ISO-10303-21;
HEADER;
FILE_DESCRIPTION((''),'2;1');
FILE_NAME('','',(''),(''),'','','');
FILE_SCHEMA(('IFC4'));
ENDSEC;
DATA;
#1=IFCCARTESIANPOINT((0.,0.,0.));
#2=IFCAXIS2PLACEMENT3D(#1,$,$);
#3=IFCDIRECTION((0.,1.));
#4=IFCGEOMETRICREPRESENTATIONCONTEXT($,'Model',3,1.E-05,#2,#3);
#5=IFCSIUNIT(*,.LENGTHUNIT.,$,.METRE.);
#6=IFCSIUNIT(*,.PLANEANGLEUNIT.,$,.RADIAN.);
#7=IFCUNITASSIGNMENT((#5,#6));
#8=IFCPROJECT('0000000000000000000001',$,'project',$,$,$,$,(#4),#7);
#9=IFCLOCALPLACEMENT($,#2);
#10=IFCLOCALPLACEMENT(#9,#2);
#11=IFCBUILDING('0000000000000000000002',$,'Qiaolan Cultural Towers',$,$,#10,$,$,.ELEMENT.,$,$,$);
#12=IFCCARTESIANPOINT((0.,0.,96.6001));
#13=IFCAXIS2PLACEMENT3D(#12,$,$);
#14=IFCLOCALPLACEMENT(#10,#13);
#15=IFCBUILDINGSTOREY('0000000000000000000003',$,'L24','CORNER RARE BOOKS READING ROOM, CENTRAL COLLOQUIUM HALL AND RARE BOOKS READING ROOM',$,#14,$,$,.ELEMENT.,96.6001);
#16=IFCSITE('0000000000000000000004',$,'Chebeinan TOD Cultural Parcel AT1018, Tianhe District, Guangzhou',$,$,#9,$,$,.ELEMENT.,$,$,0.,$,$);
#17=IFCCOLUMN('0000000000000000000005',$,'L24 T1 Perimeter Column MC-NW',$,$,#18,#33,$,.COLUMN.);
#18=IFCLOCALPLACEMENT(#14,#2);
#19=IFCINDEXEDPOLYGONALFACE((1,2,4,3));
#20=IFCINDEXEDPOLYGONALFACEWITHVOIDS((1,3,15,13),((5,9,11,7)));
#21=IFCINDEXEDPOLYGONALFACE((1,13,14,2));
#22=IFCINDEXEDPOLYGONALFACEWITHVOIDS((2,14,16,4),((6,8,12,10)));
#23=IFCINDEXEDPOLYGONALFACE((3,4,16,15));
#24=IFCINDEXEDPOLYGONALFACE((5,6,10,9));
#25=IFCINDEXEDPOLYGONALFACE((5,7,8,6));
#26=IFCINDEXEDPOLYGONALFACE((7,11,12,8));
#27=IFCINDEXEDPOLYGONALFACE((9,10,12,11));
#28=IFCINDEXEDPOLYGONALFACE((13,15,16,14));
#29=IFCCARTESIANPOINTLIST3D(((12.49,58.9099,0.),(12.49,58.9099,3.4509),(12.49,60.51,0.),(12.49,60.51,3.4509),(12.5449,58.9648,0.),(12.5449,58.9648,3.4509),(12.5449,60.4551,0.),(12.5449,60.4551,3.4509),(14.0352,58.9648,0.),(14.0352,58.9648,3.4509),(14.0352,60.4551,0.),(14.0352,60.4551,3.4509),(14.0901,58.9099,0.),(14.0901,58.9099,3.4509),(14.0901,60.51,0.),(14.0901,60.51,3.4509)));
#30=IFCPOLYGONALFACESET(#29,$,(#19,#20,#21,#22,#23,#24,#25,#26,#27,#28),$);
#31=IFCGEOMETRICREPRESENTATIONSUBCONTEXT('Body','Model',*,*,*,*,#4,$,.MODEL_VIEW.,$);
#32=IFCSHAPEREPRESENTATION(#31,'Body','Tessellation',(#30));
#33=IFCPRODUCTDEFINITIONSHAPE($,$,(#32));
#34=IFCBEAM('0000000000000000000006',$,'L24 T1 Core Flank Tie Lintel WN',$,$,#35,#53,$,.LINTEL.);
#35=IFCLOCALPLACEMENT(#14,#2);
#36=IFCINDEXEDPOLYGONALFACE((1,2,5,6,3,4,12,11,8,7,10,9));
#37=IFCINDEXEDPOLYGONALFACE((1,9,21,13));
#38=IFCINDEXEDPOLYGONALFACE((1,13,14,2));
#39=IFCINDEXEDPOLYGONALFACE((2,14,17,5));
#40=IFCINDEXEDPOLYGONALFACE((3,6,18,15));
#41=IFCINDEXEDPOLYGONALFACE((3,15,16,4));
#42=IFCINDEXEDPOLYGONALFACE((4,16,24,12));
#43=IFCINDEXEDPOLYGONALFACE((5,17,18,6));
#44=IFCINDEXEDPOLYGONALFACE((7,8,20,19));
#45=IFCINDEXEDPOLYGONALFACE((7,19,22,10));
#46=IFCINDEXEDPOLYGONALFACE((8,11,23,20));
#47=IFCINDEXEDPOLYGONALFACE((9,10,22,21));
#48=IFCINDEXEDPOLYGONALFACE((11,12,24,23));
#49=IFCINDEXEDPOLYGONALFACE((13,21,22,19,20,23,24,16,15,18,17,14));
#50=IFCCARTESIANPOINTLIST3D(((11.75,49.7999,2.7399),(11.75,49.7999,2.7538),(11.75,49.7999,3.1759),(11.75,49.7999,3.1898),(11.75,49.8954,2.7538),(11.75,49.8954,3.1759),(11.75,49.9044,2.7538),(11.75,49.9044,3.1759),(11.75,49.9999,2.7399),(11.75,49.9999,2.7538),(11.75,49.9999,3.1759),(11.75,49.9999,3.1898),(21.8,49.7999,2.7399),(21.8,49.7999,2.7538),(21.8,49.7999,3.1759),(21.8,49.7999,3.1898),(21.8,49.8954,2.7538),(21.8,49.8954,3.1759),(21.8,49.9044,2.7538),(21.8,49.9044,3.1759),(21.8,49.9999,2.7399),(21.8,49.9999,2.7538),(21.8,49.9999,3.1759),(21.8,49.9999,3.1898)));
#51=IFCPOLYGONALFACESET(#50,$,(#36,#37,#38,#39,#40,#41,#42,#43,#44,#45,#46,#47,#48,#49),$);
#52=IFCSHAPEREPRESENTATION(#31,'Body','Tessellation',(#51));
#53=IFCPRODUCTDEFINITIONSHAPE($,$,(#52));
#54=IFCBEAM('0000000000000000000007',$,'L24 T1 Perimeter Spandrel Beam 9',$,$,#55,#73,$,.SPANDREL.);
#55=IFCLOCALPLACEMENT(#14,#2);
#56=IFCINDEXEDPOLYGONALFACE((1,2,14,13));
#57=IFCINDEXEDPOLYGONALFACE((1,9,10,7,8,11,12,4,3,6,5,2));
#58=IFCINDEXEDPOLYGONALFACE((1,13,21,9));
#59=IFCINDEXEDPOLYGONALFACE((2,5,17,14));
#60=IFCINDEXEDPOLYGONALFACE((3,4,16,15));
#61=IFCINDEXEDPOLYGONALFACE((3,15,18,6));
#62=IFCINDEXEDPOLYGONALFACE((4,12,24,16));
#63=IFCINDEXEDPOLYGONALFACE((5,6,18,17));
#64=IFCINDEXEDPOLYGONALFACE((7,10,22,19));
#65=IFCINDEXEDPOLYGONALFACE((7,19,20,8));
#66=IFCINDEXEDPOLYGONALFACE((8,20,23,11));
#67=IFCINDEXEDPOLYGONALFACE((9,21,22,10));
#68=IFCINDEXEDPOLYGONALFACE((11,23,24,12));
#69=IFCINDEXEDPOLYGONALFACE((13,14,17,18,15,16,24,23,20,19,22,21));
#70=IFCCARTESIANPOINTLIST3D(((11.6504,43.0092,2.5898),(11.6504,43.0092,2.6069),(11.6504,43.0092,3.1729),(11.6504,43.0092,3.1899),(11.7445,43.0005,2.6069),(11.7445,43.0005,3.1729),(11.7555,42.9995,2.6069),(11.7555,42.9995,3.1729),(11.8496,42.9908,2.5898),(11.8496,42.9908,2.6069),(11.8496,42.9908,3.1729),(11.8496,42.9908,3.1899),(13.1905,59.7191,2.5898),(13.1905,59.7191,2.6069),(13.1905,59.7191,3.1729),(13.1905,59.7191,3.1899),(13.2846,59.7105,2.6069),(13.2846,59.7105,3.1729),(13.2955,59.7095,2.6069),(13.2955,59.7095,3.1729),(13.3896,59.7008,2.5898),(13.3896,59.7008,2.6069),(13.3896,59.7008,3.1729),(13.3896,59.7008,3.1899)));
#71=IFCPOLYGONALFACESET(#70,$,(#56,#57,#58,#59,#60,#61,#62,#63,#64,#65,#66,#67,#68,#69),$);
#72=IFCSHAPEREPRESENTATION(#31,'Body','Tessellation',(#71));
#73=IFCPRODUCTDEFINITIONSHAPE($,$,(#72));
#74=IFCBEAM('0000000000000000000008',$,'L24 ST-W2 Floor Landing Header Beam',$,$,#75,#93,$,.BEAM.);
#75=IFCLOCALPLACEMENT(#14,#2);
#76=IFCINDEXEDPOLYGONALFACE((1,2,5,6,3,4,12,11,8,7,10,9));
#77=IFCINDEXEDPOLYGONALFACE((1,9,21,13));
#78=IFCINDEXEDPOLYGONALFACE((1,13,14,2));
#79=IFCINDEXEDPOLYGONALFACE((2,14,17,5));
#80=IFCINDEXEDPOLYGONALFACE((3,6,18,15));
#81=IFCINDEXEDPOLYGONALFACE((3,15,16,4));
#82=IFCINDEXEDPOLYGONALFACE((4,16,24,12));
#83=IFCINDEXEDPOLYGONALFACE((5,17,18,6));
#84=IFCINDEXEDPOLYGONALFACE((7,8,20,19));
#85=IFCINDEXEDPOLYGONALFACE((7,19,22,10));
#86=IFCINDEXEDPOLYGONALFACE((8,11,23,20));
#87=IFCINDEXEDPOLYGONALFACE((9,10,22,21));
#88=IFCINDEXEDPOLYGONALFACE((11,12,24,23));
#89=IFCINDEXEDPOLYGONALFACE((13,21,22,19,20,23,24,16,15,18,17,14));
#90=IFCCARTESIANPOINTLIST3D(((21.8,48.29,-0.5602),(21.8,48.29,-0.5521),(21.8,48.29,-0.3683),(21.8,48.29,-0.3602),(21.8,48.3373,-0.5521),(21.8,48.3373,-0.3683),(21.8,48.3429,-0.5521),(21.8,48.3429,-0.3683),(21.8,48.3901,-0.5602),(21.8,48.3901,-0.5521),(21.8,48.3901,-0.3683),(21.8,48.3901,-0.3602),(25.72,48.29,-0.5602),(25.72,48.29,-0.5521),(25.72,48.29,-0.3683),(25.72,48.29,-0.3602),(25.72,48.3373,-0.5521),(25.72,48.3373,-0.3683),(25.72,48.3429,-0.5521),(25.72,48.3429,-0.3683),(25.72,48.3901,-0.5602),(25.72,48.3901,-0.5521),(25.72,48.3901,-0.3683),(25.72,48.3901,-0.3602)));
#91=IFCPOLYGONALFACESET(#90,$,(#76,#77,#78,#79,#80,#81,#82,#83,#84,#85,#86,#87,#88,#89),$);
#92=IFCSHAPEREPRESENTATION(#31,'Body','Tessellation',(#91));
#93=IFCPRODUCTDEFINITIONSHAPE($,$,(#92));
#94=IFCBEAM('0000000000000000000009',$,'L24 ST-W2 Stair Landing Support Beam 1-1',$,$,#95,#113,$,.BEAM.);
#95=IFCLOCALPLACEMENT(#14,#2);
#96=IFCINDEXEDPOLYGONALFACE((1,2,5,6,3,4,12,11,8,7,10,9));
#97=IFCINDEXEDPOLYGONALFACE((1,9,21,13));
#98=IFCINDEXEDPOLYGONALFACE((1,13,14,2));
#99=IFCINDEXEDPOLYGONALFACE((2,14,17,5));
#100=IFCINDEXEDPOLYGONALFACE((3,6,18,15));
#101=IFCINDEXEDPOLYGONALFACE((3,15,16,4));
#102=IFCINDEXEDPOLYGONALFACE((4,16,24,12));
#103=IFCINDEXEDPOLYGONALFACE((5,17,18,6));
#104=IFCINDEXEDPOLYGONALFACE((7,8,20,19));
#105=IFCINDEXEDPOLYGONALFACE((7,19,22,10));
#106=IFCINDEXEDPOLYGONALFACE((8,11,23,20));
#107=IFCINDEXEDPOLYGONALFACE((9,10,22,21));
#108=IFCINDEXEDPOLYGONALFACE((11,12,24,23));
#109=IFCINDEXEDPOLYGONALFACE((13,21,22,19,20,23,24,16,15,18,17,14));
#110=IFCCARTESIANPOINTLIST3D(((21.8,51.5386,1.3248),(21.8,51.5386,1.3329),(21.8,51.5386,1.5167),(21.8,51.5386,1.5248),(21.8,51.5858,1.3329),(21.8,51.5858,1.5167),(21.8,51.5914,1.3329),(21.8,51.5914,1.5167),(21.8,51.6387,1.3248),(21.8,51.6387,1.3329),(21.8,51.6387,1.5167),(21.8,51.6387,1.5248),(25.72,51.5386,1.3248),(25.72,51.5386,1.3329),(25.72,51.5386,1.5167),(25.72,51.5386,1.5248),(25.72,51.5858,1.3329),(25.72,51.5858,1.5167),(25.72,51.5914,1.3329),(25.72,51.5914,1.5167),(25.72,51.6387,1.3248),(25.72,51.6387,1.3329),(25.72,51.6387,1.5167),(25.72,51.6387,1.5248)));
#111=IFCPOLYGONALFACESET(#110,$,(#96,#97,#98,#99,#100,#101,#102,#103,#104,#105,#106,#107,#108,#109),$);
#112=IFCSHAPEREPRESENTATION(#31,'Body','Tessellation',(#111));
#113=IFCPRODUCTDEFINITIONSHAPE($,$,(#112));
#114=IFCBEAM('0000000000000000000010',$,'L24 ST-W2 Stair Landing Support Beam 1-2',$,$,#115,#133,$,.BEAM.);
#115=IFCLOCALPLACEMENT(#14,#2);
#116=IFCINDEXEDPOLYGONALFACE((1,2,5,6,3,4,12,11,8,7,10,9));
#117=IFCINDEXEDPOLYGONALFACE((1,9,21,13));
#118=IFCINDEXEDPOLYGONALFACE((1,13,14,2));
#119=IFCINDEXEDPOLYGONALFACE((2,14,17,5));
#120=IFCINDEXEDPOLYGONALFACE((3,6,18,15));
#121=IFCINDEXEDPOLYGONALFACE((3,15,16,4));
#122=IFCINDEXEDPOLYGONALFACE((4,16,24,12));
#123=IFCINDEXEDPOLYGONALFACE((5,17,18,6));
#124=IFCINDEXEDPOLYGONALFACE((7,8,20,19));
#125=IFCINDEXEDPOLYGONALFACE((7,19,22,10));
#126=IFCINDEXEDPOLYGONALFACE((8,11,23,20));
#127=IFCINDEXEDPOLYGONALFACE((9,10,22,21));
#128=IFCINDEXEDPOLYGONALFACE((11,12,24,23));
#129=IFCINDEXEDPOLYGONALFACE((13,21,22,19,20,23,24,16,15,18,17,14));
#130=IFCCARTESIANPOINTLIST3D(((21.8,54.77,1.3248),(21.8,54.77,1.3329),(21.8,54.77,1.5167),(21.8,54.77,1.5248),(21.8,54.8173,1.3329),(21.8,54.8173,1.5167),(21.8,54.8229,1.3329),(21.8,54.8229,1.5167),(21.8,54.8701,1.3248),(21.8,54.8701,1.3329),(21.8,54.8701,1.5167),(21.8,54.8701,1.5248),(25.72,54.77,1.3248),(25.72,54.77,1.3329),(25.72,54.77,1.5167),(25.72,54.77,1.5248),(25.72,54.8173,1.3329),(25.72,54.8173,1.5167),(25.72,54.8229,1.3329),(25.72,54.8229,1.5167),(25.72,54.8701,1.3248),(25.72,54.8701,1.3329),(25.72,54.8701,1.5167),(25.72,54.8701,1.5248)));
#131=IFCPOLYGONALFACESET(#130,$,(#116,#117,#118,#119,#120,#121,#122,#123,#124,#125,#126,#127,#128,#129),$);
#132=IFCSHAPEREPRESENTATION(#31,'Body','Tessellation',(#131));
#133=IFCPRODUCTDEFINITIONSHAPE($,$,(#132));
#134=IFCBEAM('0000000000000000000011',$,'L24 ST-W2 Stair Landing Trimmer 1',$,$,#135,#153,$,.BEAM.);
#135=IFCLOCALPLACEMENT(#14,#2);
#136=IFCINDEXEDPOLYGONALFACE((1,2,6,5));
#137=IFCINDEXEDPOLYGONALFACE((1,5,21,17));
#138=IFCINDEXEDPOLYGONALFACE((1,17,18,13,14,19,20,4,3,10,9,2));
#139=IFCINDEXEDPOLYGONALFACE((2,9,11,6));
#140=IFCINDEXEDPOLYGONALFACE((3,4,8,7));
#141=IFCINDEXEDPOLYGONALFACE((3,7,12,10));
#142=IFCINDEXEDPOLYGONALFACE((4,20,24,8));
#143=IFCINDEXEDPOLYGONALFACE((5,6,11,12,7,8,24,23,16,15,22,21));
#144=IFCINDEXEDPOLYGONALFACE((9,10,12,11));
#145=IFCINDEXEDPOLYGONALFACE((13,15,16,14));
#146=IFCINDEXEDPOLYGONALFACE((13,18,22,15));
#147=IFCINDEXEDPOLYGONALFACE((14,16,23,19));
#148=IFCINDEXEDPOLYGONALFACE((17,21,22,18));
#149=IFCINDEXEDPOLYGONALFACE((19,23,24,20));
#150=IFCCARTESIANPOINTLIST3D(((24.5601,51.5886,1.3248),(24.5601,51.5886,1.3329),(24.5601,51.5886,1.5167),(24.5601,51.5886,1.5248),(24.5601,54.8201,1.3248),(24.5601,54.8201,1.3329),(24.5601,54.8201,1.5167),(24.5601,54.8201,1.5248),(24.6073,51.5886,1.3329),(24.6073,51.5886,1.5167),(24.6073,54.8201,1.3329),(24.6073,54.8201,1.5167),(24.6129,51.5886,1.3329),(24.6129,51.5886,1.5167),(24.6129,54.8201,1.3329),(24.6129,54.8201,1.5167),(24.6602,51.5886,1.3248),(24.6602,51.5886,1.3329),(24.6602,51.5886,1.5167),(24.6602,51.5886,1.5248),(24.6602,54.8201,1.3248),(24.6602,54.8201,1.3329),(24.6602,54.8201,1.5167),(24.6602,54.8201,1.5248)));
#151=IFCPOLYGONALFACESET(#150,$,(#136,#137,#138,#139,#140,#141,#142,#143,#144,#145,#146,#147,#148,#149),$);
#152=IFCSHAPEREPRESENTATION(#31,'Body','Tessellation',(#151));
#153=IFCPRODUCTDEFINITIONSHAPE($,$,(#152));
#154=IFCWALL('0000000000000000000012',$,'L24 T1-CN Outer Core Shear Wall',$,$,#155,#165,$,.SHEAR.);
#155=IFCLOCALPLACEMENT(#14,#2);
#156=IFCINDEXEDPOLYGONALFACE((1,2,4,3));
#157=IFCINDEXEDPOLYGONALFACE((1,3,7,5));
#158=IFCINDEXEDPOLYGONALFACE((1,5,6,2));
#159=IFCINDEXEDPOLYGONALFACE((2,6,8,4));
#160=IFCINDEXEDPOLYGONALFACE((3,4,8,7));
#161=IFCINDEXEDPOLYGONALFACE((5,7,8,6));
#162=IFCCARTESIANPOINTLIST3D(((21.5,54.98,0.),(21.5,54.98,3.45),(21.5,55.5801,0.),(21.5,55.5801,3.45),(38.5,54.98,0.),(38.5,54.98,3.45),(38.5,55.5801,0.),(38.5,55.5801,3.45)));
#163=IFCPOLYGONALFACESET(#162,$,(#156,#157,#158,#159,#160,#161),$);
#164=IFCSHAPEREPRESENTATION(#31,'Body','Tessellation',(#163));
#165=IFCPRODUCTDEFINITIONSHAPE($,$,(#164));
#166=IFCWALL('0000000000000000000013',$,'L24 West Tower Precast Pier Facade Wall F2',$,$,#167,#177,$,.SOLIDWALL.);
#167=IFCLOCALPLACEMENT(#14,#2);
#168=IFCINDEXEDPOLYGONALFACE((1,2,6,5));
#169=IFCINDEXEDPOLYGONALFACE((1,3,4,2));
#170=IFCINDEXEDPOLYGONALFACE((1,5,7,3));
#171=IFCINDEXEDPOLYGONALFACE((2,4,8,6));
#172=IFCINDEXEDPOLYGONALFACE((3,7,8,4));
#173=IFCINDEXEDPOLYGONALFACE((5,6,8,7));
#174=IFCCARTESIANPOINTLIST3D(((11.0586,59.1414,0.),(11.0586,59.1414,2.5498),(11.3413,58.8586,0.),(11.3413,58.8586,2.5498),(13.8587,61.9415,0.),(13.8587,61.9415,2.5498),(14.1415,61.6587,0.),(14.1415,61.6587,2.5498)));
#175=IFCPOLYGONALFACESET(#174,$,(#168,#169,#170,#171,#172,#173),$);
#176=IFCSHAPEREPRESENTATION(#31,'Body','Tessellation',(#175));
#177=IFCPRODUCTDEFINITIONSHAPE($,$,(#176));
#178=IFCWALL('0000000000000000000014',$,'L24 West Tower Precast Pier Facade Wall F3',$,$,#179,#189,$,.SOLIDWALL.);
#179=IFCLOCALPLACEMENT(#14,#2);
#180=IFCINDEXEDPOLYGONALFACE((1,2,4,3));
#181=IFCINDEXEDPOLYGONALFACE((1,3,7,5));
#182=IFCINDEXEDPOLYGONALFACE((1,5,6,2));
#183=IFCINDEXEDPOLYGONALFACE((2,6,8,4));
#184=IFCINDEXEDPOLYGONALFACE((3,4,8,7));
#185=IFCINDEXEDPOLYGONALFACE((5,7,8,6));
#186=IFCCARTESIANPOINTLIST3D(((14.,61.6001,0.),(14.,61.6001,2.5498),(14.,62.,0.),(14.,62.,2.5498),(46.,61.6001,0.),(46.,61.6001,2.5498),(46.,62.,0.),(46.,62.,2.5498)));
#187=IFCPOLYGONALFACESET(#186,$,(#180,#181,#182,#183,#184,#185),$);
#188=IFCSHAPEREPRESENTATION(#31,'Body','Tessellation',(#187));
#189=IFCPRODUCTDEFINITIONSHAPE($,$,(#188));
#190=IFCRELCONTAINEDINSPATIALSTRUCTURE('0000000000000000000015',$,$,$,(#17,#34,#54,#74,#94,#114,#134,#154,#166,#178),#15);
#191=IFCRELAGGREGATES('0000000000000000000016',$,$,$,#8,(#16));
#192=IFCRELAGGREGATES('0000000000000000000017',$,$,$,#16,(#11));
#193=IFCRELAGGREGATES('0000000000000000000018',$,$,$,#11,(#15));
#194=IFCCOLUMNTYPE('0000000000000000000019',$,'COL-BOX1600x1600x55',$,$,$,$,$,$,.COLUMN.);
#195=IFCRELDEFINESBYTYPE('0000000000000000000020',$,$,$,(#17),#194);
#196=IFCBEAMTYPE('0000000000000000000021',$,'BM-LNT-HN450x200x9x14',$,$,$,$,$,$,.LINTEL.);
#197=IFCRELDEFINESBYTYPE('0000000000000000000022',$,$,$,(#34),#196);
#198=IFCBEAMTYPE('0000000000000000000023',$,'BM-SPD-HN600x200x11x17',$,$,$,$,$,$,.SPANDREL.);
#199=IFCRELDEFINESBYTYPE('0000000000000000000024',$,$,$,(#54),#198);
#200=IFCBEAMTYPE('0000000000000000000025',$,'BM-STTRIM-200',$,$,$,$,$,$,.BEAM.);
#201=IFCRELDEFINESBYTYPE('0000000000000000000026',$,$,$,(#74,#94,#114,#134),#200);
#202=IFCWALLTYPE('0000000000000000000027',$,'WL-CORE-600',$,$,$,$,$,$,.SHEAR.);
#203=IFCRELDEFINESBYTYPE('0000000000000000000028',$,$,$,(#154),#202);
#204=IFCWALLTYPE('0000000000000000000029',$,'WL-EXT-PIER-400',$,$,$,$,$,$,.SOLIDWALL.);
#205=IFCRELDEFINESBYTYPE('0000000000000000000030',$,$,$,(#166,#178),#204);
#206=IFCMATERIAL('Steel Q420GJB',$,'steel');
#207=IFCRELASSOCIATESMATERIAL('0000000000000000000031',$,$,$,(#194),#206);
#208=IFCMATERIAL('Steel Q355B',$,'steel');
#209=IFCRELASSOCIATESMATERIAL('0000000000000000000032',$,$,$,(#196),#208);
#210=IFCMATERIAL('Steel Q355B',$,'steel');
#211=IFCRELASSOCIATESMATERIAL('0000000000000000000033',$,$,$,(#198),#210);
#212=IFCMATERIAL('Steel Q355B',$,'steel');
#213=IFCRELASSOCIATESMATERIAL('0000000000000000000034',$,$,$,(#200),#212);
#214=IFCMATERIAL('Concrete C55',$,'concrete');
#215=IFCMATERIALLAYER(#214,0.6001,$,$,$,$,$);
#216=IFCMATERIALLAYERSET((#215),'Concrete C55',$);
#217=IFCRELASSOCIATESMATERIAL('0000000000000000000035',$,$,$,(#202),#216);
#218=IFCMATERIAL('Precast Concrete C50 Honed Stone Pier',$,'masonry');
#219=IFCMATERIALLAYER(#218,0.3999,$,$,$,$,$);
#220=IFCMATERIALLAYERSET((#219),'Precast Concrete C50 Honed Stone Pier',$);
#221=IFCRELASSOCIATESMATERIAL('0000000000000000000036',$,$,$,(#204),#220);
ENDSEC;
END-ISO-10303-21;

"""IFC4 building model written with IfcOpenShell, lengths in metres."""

from ifc_helpers import new_model, si_unit, direction, frame, frame_2d, origin, origin_2d, place, context, subcontext, project, spatial, rectangle, hollow_rectangle, i_section, extrude, material, layer, layer_set, material_profile, profile_set, type_object, element, save


model = new_model("IFC4")

# Units and contexts
model_context = context("Model", 3, precision=1e-05, world=origin(), true_north=direction((0.0, 1.0)))
body_context = subcontext(model_context, "Body", "Model", "MODEL_VIEW")
ifc_project = project(units=[si_unit("LENGTHUNIT", "METRE"), si_unit("PLANEANGLEUNIT", "RADIAN")], contexts=[model_context])

# Site, building, storey
site_placement = place(None, origin())
site = spatial("IfcSite", under=ifc_project, at=site_placement, Name="Chebeinan TOD Cultural Parcel AT1018, Tianhe District, Guangzhou", CompositionType="ELEMENT", RefElevation=0.0)
building_placement = place(site_placement, origin())
building = spatial("IfcBuilding", under=site, at=building_placement, Name="Qiaolan Cultural Towers", CompositionType="ELEMENT")
storey_placement = place(building_placement, frame((0.0, 0.0, 96.6001)))
storey = spatial("IfcBuildingStorey", under=building, at=storey_placement, Name="L24", Description="CORNER RARE BOOKS READING ROOM, CENTRAL COLLOQUIUM HALL AND RARE BOOKS READING ROOM", CompositionType="ELEMENT", Elevation=96.6001)

# Column
ifc_material_1 = material(Name="Steel Q420GJB", Category="steel")
ifc_material_profile_1 = material_profile(ifc_material_1, hollow_rectangle(XDim=1.6001, YDim=1.6001, WallThickness=0.0549, at=origin_2d()), Name="BOX1600x1600x55")
ifc_profile_set_1 = profile_set([ifc_material_profile_1], Name="Steel Q420GJB")
column_type = type_object("IfcColumnType", Name="COL-BOX1600x1600x55", PredefinedType="COLUMN", material=ifc_profile_set_1)
column_placement = place(storey_placement, frame((13.29, 59.71, 0.0), z_axis=(0.0, 0.0, 1.0), x_axis=(1.0, 0.0, 0.0)))
element("IfcColumn", 1, at=column_placement, inside=storey, type_object=column_type, Name="L24 T1 Perimeter Column MC-NW", PredefinedType="COLUMN", context=body_context, shape_type="SweptSolid", body=[
    extrude(hollow_rectangle(XDim=1.6001, YDim=1.6001, WallThickness=0.0549, at=origin_2d()), origin(), (0.0, 0.0, 1.0), 3.4509),
])

# Beams
ifc_material_2 = material(Name="Steel Q355B", Category="steel")
ifc_material_profile_2 = material_profile(ifc_material_2, i_section(OverallWidth=0.2, OverallDepth=0.45, WebThickness=0.009, FlangeThickness=0.0139, at=origin_2d()), Name="HN450x200x9x14")
ifc_profile_set_2 = profile_set([ifc_material_profile_2], Name="Steel Q355B")
beam_type_1 = type_object("IfcBeamType", Name="BM-LNT-HN450x200x9x14", PredefinedType="LINTEL", material=ifc_profile_set_2)
beam_1_placement = place(storey_placement, frame((21.8, 49.8999, 2.9648), z_axis=(-1.0, 0.0, 0.0), x_axis=(0.0, -1.0, 0.0)))
element("IfcBeam", 2, at=beam_1_placement, inside=storey, type_object=beam_type_1, Name="L24 T1 Core Flank Tie Lintel WN", PredefinedType="LINTEL", context=body_context, shape_type="SweptSolid", body=[
    extrude(i_section(OverallWidth=0.2, OverallDepth=0.45, WebThickness=0.009, FlangeThickness=0.0139, at=origin_2d()), origin(), (0.0, 0.0, 1.0), 10.05),
])
ifc_material_3 = material(Name="Steel Q355B", Category="steel")
ifc_material_profile_3 = material_profile(ifc_material_3, i_section(OverallWidth=0.2, OverallDepth=0.6001, WebThickness=0.011, FlangeThickness=0.0171, at=origin_2d()), Name="HN600x200x11x17")
ifc_profile_set_3 = profile_set([ifc_material_profile_3], Name="Steel Q355B")
beam_type_2 = type_object("IfcBeamType", Name="BM-SPD-HN600x200x11x17", PredefinedType="SPANDREL", material=ifc_profile_set_3)
beam_2_placement = place(storey_placement, frame((13.29, 59.71, 2.8899), z_axis=(-0.091774, -0.99578, 0.0), x_axis=(0.99578, -0.091774, 0.0)))
element("IfcBeam", 3, at=beam_2_placement, inside=storey, type_object=beam_type_2, Name="L24 T1 Perimeter Spandrel Beam 9", PredefinedType="SPANDREL", context=body_context, shape_type="SweptSolid", body=[
    extrude(i_section(OverallWidth=0.2, OverallDepth=0.6001, WebThickness=0.011, FlangeThickness=0.0171, at=origin_2d()), origin(), (0.0, 0.0, 1.0), 16.7808),
])
ifc_material_4 = material(Name="Steel Q355B", Category="steel")
ifc_material_profile_4 = material_profile(ifc_material_4, i_section(OverallWidth=0.1001, OverallDepth=0.2, WebThickness=0.0056, FlangeThickness=0.0081, at=origin_2d()), Name="HN200x100x5.5x8")
ifc_profile_set_4 = profile_set([ifc_material_profile_4], Name="Steel Q355B")
beam_type_3 = type_object("IfcBeamType", Name="BM-STTRIM-200", PredefinedType="BEAM", material=ifc_profile_set_4)
for number, where, z_axis, x_axis, name in (
    (4, (21.8, 48.3401, -0.4602), (1.0, 0.0, 0.0), (0.0, 1.0, 0.0), "L24 ST-W2 Floor Landing Header Beam"),
    (5, (21.8, 51.5886, 1.4248), (1.0, 0.0, 0.0), (0.0, 1.0, 0.0), "L24 ST-W2 Stair Landing Support Beam 1-1"),
    (6, (21.8, 54.8201, 1.4248), (1.0, 0.0, 0.0), (0.0, 1.0, 0.0), "L24 ST-W2 Stair Landing Support Beam 1-2"),
):
    element("IfcBeam", number, at=place(storey_placement, frame(where, z_axis=z_axis, x_axis=x_axis)), inside=storey, type_object=beam_type_3, Name=name, PredefinedType="BEAM", context=body_context, shape_type="SweptSolid", body=[
        extrude(i_section(OverallWidth=0.1001, OverallDepth=0.2, WebThickness=0.0056, FlangeThickness=0.0081, at=origin_2d()), origin(), (0.0, 0.0, 1.0), 3.9199),
    ])
beam_3_placement = place(storey_placement, frame((24.6101, 51.5886, 1.4248), z_axis=(0.0, 1.0, 0.0), x_axis=(-1.0, 0.0, 0.0)))
element("IfcBeam", 7, at=beam_3_placement, inside=storey, type_object=beam_type_3, Name="L24 ST-W2 Stair Landing Trimmer 1", PredefinedType="BEAM", context=body_context, shape_type="SweptSolid", body=[
    extrude(i_section(OverallWidth=0.1001, OverallDepth=0.2, WebThickness=0.0056, FlangeThickness=0.0081, at=origin_2d()), origin(), (0.0, 0.0, 1.0), 3.2314),
])

# Walls
ifc_material_5 = material(Name="Concrete C55", Category="concrete")
ifc_layer_1 = layer(ifc_material_5, 0.6001)
ifc_layer_set_1 = layer_set([ifc_layer_1], Name="Concrete C55")
wall_type_1 = type_object("IfcWallType", Name="WL-CORE-600", PredefinedType="SHEAR", material=ifc_layer_set_1)
wall_1_placement = place(storey_placement, frame((21.5, 55.28, 0.0), z_axis=(0.0, 0.0, 1.0), x_axis=(1.0, 0.0, 0.0)))
element("IfcWall", 8, at=wall_1_placement, inside=storey, type_object=wall_type_1, Name="L24 T1-CN Outer Core Shear Wall", PredefinedType="SHEAR", context=body_context, shape_type="SweptSolid", body=[
    extrude(rectangle(XDim=17.0, YDim=0.6001, at=frame_2d((8.5, 0.0))), origin(), (0.0, 0.0, 1.0), 3.45),
])
ifc_material_6 = material(Name="Precast Concrete C50 Honed Stone Pier", Category="masonry")
ifc_layer_2 = layer(ifc_material_6, 0.3999)
ifc_layer_set_2 = layer_set([ifc_layer_2], Name="Precast Concrete C50 Honed Stone Pier")
wall_type_2 = type_object("IfcWallType", Name="WL-EXT-PIER-400", PredefinedType="SOLIDWALL", material=ifc_layer_set_2)
wall_2_placement = place(storey_placement, frame((11.2, 59.0, 0.0), z_axis=(0.0, 0.0, 1.0), x_axis=(0.707107, 0.707107, 0.0)))
element("IfcWall", 9, at=wall_2_placement, inside=storey, type_object=wall_type_2, Name="L24 West Tower Precast Pier Facade Wall F2", PredefinedType="SOLIDWALL", context=body_context, shape_type="SweptSolid", body=[
    extrude(rectangle(XDim=3.96, YDim=0.3999, at=frame_2d((1.98, 0.0))), origin(), (0.0, 0.0, 1.0), 2.5498),
])
wall_3_placement = place(storey_placement, frame((14.0, 61.8, 0.0), z_axis=(0.0, 0.0, 1.0), x_axis=(1.0, 0.0, 0.0)))
element("IfcWall", 10, at=wall_3_placement, inside=storey, type_object=wall_type_2, Name="L24 West Tower Precast Pier Facade Wall F3", PredefinedType="SOLIDWALL", context=body_context, shape_type="SweptSolid", body=[
    extrude(rectangle(XDim=32.0, YDim=0.3999, at=frame_2d((16.0, 0.0))), origin(), (0.0, 0.0, 1.0), 2.5498),
])

save(model, "model.ifc")
